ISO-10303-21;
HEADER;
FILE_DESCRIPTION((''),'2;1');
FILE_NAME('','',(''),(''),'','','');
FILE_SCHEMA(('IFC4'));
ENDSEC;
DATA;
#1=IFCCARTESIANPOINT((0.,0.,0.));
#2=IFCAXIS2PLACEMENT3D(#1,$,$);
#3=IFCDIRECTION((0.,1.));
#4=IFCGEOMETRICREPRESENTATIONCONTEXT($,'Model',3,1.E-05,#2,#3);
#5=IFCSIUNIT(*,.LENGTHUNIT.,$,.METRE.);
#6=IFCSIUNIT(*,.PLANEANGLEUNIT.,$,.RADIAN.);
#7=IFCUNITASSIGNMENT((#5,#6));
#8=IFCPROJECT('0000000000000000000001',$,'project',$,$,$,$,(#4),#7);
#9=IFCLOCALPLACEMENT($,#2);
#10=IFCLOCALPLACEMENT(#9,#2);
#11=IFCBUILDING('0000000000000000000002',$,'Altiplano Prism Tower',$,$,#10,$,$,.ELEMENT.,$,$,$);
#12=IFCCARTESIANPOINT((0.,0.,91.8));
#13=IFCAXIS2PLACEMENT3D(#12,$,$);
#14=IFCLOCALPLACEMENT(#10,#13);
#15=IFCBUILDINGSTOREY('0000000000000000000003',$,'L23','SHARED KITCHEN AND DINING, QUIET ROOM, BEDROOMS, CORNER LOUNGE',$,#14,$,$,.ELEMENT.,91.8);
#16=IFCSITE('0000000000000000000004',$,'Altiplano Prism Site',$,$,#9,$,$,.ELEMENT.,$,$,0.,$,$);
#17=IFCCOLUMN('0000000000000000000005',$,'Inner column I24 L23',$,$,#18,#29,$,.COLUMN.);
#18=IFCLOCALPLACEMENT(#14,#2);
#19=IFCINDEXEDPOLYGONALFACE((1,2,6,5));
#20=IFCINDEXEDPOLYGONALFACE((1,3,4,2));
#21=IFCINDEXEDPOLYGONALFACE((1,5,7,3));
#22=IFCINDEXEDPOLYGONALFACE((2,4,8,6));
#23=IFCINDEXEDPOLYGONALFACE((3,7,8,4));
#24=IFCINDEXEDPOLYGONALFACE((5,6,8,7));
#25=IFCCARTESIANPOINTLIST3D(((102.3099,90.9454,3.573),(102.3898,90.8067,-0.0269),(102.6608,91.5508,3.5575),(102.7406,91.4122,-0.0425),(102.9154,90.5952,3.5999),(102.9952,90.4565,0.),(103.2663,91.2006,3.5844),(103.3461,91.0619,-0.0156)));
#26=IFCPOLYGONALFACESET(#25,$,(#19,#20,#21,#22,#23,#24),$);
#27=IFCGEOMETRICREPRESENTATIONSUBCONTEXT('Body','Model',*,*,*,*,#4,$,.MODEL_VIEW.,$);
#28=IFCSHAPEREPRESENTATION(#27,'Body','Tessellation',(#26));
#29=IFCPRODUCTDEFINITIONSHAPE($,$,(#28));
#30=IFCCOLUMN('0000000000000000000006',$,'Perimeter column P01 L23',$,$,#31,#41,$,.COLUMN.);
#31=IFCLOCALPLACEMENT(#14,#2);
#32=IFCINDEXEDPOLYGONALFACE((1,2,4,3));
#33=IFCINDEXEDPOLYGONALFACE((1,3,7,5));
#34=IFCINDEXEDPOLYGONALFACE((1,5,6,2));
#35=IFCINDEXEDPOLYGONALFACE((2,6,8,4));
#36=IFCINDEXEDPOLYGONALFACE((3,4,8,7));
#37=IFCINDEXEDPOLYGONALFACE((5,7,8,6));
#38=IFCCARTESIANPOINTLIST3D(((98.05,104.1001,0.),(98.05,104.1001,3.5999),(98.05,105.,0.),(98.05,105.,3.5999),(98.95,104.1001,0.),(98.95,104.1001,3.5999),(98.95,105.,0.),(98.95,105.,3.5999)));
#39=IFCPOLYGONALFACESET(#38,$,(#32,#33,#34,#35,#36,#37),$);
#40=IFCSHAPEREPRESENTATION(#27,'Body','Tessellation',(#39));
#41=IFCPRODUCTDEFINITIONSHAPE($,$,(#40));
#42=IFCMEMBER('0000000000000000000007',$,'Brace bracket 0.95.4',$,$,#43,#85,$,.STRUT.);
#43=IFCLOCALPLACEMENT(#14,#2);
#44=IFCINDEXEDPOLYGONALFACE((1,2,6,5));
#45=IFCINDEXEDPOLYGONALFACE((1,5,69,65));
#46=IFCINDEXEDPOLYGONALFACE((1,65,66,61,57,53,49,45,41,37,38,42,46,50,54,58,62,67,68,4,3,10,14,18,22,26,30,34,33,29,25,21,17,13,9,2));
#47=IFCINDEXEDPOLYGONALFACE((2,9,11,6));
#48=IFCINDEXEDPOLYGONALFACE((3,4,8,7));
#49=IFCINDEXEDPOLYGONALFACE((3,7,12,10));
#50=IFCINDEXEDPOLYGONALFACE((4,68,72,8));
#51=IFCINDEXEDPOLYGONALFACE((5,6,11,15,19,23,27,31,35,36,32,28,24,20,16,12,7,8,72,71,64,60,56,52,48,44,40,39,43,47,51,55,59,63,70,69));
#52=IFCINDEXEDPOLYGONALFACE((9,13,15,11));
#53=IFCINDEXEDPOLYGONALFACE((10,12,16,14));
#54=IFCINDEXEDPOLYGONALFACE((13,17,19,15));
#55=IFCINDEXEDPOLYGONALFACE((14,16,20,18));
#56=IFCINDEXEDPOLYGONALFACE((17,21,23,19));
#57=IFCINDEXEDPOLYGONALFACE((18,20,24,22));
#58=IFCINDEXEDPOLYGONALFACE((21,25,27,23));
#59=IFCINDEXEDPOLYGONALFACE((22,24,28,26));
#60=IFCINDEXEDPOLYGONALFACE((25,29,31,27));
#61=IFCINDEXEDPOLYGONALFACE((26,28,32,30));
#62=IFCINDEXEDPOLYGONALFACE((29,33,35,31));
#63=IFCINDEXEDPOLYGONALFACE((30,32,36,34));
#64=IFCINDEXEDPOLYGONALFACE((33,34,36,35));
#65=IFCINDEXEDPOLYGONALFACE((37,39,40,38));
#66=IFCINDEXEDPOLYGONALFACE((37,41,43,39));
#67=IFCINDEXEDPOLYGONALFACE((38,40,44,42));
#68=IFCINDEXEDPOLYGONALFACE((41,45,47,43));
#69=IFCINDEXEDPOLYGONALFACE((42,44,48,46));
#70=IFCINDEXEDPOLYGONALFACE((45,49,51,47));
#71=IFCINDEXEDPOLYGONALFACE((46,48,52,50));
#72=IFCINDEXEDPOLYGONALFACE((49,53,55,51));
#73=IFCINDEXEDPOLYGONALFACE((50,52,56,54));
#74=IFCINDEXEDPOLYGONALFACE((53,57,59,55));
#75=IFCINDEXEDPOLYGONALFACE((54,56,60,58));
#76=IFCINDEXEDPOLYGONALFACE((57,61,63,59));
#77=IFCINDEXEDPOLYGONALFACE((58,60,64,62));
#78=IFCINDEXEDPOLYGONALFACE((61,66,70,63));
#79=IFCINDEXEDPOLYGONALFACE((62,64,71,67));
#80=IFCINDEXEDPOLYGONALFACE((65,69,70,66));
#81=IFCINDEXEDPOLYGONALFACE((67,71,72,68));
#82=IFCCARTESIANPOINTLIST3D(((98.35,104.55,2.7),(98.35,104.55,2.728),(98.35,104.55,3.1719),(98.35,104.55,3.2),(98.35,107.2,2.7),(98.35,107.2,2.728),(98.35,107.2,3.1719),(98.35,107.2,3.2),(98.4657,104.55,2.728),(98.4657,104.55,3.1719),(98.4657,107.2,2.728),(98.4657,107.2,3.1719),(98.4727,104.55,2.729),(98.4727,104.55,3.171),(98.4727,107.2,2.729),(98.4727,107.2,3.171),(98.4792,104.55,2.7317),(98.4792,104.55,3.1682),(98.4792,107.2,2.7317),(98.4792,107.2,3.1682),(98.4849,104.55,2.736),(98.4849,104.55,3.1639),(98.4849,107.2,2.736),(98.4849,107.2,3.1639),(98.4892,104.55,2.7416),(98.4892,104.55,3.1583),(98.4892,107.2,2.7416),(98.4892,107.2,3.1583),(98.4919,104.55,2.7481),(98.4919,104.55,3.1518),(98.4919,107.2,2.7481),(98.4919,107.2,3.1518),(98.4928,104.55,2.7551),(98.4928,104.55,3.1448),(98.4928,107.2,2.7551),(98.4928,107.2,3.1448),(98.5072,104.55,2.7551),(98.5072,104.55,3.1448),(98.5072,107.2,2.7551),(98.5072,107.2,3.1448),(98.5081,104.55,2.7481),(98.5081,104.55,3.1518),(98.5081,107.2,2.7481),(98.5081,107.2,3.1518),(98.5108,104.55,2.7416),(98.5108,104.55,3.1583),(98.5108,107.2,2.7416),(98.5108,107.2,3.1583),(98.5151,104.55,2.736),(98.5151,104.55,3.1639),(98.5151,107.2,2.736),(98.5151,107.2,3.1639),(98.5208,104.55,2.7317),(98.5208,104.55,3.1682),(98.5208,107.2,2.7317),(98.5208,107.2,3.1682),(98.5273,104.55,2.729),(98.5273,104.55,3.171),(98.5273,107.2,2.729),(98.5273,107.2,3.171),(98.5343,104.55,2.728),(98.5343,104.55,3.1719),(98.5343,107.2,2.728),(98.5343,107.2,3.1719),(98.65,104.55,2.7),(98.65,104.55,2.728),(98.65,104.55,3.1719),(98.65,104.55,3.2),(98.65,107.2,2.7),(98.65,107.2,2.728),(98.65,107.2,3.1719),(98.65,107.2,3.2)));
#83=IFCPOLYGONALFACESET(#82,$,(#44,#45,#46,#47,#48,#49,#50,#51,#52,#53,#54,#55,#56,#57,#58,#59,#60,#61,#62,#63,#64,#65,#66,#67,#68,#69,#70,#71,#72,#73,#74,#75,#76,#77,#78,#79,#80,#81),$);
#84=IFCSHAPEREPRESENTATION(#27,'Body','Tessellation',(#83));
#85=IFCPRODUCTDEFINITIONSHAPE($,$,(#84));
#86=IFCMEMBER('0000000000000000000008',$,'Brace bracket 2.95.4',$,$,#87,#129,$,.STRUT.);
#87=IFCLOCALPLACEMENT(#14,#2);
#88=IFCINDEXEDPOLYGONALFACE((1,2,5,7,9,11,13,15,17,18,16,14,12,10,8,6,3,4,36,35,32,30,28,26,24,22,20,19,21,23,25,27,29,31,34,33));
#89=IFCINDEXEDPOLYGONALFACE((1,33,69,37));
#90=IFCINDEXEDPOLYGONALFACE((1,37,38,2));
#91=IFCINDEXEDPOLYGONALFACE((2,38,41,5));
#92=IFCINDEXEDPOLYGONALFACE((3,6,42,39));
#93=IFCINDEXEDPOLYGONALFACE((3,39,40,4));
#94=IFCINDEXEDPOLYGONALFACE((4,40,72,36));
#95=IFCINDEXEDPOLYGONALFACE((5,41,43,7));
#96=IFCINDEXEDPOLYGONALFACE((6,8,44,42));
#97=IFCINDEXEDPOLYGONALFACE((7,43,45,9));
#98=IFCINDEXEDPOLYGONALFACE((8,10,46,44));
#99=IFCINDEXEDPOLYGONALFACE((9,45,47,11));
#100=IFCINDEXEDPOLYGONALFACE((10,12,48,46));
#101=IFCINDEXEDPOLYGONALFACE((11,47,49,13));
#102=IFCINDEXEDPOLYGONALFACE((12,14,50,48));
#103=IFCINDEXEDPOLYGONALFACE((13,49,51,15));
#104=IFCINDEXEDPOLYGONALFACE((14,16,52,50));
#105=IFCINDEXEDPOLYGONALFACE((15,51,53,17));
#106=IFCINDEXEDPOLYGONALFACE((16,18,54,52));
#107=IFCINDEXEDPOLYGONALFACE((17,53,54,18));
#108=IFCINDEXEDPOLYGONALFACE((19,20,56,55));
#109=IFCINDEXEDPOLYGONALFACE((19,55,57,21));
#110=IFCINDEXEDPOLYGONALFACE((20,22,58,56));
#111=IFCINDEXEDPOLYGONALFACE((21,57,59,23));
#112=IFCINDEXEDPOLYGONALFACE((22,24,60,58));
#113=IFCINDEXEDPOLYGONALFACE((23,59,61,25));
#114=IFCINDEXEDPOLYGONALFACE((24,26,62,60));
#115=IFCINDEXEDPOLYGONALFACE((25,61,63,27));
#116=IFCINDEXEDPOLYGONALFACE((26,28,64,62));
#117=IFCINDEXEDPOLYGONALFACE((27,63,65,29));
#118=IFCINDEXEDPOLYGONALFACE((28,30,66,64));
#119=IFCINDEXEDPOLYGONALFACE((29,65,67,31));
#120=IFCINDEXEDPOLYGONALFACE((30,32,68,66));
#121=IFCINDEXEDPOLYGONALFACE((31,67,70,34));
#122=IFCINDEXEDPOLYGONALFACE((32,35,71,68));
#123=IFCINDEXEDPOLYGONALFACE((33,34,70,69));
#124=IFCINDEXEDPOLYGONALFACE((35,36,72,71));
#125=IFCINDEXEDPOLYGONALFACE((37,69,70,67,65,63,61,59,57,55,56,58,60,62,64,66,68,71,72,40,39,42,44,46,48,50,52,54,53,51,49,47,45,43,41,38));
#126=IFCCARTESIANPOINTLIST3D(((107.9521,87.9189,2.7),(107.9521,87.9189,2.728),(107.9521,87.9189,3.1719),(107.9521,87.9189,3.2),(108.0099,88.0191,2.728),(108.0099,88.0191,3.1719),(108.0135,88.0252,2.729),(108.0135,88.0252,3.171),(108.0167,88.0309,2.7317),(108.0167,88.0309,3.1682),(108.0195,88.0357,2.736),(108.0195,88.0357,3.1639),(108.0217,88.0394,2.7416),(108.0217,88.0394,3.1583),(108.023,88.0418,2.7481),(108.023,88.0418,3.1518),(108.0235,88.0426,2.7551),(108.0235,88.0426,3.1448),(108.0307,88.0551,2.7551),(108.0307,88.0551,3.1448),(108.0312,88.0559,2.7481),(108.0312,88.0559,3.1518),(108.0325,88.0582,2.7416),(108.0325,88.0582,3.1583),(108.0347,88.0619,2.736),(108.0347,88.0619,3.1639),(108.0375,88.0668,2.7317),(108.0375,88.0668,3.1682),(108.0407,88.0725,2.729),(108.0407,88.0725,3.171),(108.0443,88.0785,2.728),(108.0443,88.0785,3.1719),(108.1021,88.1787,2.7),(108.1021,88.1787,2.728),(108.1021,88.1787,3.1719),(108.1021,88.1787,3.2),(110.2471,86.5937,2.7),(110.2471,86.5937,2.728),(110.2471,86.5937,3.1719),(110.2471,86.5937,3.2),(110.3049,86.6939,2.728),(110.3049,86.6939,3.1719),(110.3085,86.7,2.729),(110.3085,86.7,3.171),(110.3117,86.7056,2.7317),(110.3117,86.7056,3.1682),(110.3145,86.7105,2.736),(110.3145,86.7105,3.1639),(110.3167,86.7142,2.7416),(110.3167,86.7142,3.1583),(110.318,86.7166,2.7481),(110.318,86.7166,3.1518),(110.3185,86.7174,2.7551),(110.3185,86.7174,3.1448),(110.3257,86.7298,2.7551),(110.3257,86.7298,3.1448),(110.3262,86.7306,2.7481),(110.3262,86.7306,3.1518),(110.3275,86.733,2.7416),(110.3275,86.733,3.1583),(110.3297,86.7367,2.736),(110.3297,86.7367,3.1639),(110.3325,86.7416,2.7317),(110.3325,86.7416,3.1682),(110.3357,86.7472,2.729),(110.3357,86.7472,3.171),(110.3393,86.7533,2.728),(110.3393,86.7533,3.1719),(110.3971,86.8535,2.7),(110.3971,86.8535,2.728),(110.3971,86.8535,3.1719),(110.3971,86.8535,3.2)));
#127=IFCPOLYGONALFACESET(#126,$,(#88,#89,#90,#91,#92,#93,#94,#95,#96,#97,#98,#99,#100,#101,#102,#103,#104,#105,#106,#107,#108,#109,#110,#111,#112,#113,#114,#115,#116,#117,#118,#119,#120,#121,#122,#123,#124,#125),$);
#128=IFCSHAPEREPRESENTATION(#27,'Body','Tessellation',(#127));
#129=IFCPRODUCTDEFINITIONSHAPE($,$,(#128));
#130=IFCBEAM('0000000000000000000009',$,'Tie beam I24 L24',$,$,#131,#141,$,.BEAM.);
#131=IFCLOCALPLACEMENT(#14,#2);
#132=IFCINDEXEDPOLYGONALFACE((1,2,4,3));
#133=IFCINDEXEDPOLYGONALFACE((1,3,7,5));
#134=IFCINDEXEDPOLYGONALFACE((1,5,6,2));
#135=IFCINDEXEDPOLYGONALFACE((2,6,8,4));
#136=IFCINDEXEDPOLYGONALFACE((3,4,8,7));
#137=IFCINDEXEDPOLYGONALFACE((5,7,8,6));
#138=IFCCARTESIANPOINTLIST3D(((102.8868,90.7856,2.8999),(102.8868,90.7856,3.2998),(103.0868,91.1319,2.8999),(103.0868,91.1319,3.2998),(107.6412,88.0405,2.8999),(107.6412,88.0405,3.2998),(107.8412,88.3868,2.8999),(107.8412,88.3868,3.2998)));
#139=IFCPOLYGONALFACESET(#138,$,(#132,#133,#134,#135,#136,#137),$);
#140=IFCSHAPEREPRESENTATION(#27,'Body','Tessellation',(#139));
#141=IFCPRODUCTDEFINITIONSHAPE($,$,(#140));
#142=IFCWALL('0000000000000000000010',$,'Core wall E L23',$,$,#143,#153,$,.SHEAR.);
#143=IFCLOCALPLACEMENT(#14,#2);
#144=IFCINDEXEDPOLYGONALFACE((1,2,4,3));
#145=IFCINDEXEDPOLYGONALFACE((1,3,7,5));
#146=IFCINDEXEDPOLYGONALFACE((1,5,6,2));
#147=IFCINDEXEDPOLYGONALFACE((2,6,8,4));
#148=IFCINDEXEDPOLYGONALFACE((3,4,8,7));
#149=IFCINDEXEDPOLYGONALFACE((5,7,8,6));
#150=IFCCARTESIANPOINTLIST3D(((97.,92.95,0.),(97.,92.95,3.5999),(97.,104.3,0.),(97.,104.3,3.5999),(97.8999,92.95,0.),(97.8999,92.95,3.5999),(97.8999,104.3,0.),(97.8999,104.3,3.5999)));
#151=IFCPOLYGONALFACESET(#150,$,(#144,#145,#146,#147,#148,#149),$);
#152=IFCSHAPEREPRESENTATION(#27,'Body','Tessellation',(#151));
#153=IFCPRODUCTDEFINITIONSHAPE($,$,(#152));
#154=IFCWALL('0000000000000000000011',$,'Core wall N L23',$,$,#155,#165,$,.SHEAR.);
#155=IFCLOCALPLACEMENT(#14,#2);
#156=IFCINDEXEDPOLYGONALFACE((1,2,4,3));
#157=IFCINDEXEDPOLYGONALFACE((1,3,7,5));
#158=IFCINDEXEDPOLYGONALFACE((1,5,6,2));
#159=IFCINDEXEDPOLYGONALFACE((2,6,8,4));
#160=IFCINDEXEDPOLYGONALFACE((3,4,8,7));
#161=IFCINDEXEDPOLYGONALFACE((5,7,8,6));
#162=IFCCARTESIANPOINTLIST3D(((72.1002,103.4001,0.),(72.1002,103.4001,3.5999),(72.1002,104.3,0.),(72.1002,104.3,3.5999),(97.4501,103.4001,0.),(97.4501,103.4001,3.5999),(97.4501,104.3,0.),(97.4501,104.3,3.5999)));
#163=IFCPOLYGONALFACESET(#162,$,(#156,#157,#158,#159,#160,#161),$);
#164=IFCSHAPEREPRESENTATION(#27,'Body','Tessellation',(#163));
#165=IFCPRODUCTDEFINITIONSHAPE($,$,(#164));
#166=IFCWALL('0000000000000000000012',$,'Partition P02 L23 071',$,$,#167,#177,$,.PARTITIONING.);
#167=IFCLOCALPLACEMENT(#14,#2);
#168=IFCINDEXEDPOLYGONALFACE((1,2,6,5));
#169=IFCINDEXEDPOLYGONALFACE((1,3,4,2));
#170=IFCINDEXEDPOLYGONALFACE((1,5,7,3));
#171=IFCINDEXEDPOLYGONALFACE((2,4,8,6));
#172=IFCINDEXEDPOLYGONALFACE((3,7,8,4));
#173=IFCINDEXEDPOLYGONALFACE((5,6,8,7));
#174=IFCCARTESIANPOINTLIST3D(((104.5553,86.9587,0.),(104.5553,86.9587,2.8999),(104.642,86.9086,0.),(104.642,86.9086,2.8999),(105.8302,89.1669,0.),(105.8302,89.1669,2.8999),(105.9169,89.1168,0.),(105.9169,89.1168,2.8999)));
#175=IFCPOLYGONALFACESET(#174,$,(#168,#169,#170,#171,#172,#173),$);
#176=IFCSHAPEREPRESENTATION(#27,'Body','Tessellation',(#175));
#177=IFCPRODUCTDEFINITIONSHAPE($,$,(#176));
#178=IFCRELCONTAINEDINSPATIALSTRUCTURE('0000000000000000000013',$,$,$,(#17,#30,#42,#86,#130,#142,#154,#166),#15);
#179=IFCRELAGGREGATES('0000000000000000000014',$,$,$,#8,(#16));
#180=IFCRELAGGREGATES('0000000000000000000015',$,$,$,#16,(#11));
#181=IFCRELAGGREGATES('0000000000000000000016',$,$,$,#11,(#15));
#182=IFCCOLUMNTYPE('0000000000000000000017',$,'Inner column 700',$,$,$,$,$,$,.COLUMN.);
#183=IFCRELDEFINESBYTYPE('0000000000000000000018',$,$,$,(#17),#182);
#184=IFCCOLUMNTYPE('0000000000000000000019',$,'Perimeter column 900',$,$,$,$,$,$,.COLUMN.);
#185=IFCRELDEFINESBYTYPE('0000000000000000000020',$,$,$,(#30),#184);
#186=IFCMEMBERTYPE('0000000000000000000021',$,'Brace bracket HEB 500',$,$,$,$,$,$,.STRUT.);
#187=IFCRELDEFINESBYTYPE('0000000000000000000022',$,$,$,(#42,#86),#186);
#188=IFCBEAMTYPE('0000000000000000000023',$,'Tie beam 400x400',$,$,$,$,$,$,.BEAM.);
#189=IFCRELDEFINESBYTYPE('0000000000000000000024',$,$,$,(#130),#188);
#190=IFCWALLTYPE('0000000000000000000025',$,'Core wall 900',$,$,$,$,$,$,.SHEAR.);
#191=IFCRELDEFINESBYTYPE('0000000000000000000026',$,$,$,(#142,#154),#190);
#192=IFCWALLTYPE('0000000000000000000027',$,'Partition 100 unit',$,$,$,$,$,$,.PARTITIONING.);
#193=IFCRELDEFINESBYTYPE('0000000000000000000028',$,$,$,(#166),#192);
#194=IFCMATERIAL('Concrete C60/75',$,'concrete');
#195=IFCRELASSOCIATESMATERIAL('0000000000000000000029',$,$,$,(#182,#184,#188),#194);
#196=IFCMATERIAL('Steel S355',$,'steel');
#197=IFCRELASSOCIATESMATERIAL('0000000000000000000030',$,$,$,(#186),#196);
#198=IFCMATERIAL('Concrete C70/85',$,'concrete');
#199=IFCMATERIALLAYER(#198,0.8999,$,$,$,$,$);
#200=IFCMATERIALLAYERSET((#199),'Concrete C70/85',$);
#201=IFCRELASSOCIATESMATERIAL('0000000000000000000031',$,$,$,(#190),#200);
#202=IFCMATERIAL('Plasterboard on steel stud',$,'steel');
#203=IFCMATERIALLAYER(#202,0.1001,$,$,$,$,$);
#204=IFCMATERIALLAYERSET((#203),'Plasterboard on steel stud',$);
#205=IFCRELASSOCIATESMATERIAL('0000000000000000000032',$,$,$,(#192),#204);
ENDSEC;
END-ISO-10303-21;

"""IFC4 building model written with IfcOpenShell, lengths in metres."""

from ifc_helpers import new_model, si_unit, direction, frame, frame_2d, origin, origin_2d, place, context, subcontext, project, spatial, rectangle, i_section, extrude, material, layer, layer_set, material_profile, profile_set, type_object, element, save


model = new_model("IFC4")

# Units and contexts
model_context = context("Model", 3, precision=1e-05, world=origin(), true_north=direction((0.0, 1.0)))
body_context = subcontext(model_context, "Body", "Model", "MODEL_VIEW")
ifc_project = project(units=[si_unit("LENGTHUNIT", "METRE"), si_unit("PLANEANGLEUNIT", "RADIAN")], contexts=[model_context])

# Site, building, storey
site_placement = place(None, origin())
site = spatial("IfcSite", under=ifc_project, at=site_placement, Name="Altiplano Prism Site", CompositionType="ELEMENT", RefElevation=0.0)
building_placement = place(site_placement, origin())
building = spatial("IfcBuilding", under=site, at=building_placement, Name="Altiplano Prism Tower", CompositionType="ELEMENT")
storey_placement = place(building_placement, frame((0.0, 0.0, 91.8)))
storey = spatial("IfcBuildingStorey", under=building, at=storey_placement, Name="L23", Description="SHARED KITCHEN AND DINING, QUIET ROOM, BEDROOMS, CORNER LOUNGE", CompositionType="ELEMENT", Elevation=91.8)

# Columns
ifc_material_1 = material(Name="Concrete C60/75", Category="concrete")
ifc_material_profile_1 = material_profile(ifc_material_1, rectangle(XDim=0.7, YDim=0.7, at=origin_2d()), Name="Inner column 700")
ifc_profile_set_1 = profile_set([ifc_material_profile_1], Name="Concrete C60/75")
column_type_1 = type_object("IfcColumnType", Name="Inner column 700", PredefinedType="COLUMN", material=ifc_profile_set_1)
column_1_placement = place(storey_placement, frame((102.8679, 90.9343, -0.0212), z_axis=(-0.022155, 0.038484, 0.999014), x_axis=(-0.501312, -0.864982, 0.022203)))
element("IfcColumn", 1, at=column_1_placement, inside=storey, type_object=column_type_1, Name="Inner column I24 L23", PredefinedType="COLUMN", context=body_context, shape_type="SweptSolid", body=[
    extrude(rectangle(XDim=0.7, YDim=0.7, at=origin_2d()), origin(), (0.0, 0.0, 1.0), 3.6035),
])
ifc_material_profile_2 = material_profile(ifc_material_1, rectangle(XDim=0.8999, YDim=0.8999, at=origin_2d()), Name="Perimeter column 900")
ifc_profile_set_2 = profile_set([ifc_material_profile_2], Name="Concrete C60/75")
column_type_2 = type_object("IfcColumnType", Name="Perimeter column 900", PredefinedType="COLUMN", material=ifc_profile_set_2)
column_2_placement = place(storey_placement, frame((98.5, 104.55, 0.0), z_axis=(0.0, 0.0, 1.0), x_axis=(1.0, 0.0, 0.0)))
element("IfcColumn", 2, at=column_2_placement, inside=storey, type_object=column_type_2, Name="Perimeter column P01 L23", PredefinedType="COLUMN", context=body_context, shape_type="SweptSolid", body=[
    extrude(rectangle(XDim=0.8999, YDim=0.8999, at=origin_2d()), origin(), (0.0, 0.0, 1.0), 3.5999),
])

# Members
ifc_material_2 = material(Name="Steel S355", Category="steel")
ifc_material_profile_3 = material_profile(ifc_material_2, i_section(OverallWidth=0.3, OverallDepth=0.5, WebThickness=0.0144, FlangeThickness=0.0281, FilletRadius=0.0271, at=origin_2d()), Name="Brace bracket HEB 500")
ifc_profile_set_3 = profile_set([ifc_material_profile_3], Name="Steel S355")
member_type = type_object("IfcMemberType", Name="Brace bracket HEB 500", PredefinedType="STRUT", material=ifc_profile_set_3)
member_1_placement = place(storey_placement, frame((98.5, 104.55, 2.95), z_axis=(0.0, 1.0, 0.0), x_axis=(-1.0, 0.0, 0.0)))
element("IfcMember", 3, at=member_1_placement, inside=storey, type_object=member_type, Name="Brace bracket 0.95.4", PredefinedType="STRUT", context=body_context, shape_type="SweptSolid", body=[
    extrude(i_section(OverallWidth=0.3, OverallDepth=0.5, WebThickness=0.0144, FlangeThickness=0.0281, FilletRadius=0.0271, at=origin_2d()), origin(), (0.0, 0.0, 1.0), 2.6499),
])
member_2_placement = place(storey_placement, frame((108.0271, 88.0488, 2.95), z_axis=(0.865989, -0.500063, 0.0), x_axis=(0.500063, 0.865989, 0.0)))
element("IfcMember", 4, at=member_2_placement, inside=storey, type_object=member_type, Name="Brace bracket 2.95.4", PredefinedType="STRUT", context=body_context, shape_type="SweptSolid", body=[
    extrude(i_section(OverallWidth=0.3, OverallDepth=0.5, WebThickness=0.0144, FlangeThickness=0.0281, FilletRadius=0.0271, at=origin_2d()), origin(), (0.0, 0.0, 1.0), 2.6501),
])

# Beam
ifc_material_profile_4 = material_profile(ifc_material_1, rectangle(XDim=0.3999, YDim=0.3999, at=origin_2d()), Name="Tie beam 400x400")
ifc_profile_set_4 = profile_set([ifc_material_profile_4], Name="Concrete C60/75")
beam_type = type_object("IfcBeamType", Name="Tie beam 400x400", PredefinedType="BEAM", material=ifc_profile_set_4)
beam_placement = place(storey_placement, frame((102.9868, 90.9587, 3.0999), z_axis=(0.866012, -0.500023, 0.0), x_axis=(0.500023, 0.866012, 0.0)))
element("IfcBeam", 5, at=beam_placement, inside=storey, type_object=beam_type, Name="Tie beam I24 L24", PredefinedType="BEAM", context=body_context, shape_type="SweptSolid", body=[
    extrude(rectangle(XDim=0.3999, YDim=0.3999, at=origin_2d()), origin(), (0.0, 0.0, 1.0), 5.49),
])

# Walls
ifc_material_3 = material(Name="Concrete C70/85", Category="concrete")
ifc_layer_1 = layer(ifc_material_3, 0.8999)
ifc_layer_set_1 = layer_set([ifc_layer_1], Name="Concrete C70/85")
wall_type_1 = type_object("IfcWallType", Name="Core wall 900", PredefinedType="SHEAR", material=ifc_layer_set_1)
wall_1_placement = place(storey_placement, frame((97.45, 92.95, 0.0), z_axis=(0.0, 0.0, 1.0), x_axis=(0.0, 1.0, 0.0)))
element("IfcWall", 6, at=wall_1_placement, inside=storey, type_object=wall_type_1, Name="Core wall E L23", PredefinedType="SHEAR", context=body_context, shape_type="SweptSolid", body=[
    extrude(rectangle(XDim=11.3501, YDim=0.8999, at=frame_2d((5.675, 0.0))), origin(), (0.0, 0.0, 1.0), 3.5999),
])
wall_2_placement = place(storey_placement, frame((97.45, 103.8501, 0.0), z_axis=(0.0, 0.0, 1.0), x_axis=(-1.0, 0.0, 0.0)))
element("IfcWall", 7, at=wall_2_placement, inside=storey, type_object=wall_type_1, Name="Core wall N L23", PredefinedType="SHEAR", context=body_context, shape_type="SweptSolid", body=[
    extrude(rectangle(XDim=25.3499, YDim=0.8999, at=frame_2d((12.6748, 0.0))), origin(), (0.0, 0.0, 1.0), 3.5999),
])
ifc_material_4 = material(Name="Plasterboard on steel stud", Category="steel")
ifc_layer_2 = layer(ifc_material_4, 0.1001)
ifc_layer_set_2 = layer_set([ifc_layer_2], Name="Plasterboard on steel stud")
wall_type_2 = type_object("IfcWallType", Name="Partition 100 unit", PredefinedType="PARTITIONING", material=ifc_layer_set_2)
wall_3_placement = place(storey_placement, frame((105.8735, 89.1418, 0.0), z_axis=(0.0, 0.0, 1.0), x_axis=(-0.49999, -0.866031, 0.0)))
element("IfcWall", 8, at=wall_3_placement, inside=storey, type_object=wall_type_2, Name="Partition P02 L23 071", PredefinedType="PARTITIONING", context=body_context, shape_type="SweptSolid", body=[
    extrude(rectangle(XDim=2.5498, YDim=0.1001, at=frame_2d((1.2749, 0.0))), origin(), (0.0, 0.0, 1.0), 2.8999),
])

save(model, "model.ifc")
